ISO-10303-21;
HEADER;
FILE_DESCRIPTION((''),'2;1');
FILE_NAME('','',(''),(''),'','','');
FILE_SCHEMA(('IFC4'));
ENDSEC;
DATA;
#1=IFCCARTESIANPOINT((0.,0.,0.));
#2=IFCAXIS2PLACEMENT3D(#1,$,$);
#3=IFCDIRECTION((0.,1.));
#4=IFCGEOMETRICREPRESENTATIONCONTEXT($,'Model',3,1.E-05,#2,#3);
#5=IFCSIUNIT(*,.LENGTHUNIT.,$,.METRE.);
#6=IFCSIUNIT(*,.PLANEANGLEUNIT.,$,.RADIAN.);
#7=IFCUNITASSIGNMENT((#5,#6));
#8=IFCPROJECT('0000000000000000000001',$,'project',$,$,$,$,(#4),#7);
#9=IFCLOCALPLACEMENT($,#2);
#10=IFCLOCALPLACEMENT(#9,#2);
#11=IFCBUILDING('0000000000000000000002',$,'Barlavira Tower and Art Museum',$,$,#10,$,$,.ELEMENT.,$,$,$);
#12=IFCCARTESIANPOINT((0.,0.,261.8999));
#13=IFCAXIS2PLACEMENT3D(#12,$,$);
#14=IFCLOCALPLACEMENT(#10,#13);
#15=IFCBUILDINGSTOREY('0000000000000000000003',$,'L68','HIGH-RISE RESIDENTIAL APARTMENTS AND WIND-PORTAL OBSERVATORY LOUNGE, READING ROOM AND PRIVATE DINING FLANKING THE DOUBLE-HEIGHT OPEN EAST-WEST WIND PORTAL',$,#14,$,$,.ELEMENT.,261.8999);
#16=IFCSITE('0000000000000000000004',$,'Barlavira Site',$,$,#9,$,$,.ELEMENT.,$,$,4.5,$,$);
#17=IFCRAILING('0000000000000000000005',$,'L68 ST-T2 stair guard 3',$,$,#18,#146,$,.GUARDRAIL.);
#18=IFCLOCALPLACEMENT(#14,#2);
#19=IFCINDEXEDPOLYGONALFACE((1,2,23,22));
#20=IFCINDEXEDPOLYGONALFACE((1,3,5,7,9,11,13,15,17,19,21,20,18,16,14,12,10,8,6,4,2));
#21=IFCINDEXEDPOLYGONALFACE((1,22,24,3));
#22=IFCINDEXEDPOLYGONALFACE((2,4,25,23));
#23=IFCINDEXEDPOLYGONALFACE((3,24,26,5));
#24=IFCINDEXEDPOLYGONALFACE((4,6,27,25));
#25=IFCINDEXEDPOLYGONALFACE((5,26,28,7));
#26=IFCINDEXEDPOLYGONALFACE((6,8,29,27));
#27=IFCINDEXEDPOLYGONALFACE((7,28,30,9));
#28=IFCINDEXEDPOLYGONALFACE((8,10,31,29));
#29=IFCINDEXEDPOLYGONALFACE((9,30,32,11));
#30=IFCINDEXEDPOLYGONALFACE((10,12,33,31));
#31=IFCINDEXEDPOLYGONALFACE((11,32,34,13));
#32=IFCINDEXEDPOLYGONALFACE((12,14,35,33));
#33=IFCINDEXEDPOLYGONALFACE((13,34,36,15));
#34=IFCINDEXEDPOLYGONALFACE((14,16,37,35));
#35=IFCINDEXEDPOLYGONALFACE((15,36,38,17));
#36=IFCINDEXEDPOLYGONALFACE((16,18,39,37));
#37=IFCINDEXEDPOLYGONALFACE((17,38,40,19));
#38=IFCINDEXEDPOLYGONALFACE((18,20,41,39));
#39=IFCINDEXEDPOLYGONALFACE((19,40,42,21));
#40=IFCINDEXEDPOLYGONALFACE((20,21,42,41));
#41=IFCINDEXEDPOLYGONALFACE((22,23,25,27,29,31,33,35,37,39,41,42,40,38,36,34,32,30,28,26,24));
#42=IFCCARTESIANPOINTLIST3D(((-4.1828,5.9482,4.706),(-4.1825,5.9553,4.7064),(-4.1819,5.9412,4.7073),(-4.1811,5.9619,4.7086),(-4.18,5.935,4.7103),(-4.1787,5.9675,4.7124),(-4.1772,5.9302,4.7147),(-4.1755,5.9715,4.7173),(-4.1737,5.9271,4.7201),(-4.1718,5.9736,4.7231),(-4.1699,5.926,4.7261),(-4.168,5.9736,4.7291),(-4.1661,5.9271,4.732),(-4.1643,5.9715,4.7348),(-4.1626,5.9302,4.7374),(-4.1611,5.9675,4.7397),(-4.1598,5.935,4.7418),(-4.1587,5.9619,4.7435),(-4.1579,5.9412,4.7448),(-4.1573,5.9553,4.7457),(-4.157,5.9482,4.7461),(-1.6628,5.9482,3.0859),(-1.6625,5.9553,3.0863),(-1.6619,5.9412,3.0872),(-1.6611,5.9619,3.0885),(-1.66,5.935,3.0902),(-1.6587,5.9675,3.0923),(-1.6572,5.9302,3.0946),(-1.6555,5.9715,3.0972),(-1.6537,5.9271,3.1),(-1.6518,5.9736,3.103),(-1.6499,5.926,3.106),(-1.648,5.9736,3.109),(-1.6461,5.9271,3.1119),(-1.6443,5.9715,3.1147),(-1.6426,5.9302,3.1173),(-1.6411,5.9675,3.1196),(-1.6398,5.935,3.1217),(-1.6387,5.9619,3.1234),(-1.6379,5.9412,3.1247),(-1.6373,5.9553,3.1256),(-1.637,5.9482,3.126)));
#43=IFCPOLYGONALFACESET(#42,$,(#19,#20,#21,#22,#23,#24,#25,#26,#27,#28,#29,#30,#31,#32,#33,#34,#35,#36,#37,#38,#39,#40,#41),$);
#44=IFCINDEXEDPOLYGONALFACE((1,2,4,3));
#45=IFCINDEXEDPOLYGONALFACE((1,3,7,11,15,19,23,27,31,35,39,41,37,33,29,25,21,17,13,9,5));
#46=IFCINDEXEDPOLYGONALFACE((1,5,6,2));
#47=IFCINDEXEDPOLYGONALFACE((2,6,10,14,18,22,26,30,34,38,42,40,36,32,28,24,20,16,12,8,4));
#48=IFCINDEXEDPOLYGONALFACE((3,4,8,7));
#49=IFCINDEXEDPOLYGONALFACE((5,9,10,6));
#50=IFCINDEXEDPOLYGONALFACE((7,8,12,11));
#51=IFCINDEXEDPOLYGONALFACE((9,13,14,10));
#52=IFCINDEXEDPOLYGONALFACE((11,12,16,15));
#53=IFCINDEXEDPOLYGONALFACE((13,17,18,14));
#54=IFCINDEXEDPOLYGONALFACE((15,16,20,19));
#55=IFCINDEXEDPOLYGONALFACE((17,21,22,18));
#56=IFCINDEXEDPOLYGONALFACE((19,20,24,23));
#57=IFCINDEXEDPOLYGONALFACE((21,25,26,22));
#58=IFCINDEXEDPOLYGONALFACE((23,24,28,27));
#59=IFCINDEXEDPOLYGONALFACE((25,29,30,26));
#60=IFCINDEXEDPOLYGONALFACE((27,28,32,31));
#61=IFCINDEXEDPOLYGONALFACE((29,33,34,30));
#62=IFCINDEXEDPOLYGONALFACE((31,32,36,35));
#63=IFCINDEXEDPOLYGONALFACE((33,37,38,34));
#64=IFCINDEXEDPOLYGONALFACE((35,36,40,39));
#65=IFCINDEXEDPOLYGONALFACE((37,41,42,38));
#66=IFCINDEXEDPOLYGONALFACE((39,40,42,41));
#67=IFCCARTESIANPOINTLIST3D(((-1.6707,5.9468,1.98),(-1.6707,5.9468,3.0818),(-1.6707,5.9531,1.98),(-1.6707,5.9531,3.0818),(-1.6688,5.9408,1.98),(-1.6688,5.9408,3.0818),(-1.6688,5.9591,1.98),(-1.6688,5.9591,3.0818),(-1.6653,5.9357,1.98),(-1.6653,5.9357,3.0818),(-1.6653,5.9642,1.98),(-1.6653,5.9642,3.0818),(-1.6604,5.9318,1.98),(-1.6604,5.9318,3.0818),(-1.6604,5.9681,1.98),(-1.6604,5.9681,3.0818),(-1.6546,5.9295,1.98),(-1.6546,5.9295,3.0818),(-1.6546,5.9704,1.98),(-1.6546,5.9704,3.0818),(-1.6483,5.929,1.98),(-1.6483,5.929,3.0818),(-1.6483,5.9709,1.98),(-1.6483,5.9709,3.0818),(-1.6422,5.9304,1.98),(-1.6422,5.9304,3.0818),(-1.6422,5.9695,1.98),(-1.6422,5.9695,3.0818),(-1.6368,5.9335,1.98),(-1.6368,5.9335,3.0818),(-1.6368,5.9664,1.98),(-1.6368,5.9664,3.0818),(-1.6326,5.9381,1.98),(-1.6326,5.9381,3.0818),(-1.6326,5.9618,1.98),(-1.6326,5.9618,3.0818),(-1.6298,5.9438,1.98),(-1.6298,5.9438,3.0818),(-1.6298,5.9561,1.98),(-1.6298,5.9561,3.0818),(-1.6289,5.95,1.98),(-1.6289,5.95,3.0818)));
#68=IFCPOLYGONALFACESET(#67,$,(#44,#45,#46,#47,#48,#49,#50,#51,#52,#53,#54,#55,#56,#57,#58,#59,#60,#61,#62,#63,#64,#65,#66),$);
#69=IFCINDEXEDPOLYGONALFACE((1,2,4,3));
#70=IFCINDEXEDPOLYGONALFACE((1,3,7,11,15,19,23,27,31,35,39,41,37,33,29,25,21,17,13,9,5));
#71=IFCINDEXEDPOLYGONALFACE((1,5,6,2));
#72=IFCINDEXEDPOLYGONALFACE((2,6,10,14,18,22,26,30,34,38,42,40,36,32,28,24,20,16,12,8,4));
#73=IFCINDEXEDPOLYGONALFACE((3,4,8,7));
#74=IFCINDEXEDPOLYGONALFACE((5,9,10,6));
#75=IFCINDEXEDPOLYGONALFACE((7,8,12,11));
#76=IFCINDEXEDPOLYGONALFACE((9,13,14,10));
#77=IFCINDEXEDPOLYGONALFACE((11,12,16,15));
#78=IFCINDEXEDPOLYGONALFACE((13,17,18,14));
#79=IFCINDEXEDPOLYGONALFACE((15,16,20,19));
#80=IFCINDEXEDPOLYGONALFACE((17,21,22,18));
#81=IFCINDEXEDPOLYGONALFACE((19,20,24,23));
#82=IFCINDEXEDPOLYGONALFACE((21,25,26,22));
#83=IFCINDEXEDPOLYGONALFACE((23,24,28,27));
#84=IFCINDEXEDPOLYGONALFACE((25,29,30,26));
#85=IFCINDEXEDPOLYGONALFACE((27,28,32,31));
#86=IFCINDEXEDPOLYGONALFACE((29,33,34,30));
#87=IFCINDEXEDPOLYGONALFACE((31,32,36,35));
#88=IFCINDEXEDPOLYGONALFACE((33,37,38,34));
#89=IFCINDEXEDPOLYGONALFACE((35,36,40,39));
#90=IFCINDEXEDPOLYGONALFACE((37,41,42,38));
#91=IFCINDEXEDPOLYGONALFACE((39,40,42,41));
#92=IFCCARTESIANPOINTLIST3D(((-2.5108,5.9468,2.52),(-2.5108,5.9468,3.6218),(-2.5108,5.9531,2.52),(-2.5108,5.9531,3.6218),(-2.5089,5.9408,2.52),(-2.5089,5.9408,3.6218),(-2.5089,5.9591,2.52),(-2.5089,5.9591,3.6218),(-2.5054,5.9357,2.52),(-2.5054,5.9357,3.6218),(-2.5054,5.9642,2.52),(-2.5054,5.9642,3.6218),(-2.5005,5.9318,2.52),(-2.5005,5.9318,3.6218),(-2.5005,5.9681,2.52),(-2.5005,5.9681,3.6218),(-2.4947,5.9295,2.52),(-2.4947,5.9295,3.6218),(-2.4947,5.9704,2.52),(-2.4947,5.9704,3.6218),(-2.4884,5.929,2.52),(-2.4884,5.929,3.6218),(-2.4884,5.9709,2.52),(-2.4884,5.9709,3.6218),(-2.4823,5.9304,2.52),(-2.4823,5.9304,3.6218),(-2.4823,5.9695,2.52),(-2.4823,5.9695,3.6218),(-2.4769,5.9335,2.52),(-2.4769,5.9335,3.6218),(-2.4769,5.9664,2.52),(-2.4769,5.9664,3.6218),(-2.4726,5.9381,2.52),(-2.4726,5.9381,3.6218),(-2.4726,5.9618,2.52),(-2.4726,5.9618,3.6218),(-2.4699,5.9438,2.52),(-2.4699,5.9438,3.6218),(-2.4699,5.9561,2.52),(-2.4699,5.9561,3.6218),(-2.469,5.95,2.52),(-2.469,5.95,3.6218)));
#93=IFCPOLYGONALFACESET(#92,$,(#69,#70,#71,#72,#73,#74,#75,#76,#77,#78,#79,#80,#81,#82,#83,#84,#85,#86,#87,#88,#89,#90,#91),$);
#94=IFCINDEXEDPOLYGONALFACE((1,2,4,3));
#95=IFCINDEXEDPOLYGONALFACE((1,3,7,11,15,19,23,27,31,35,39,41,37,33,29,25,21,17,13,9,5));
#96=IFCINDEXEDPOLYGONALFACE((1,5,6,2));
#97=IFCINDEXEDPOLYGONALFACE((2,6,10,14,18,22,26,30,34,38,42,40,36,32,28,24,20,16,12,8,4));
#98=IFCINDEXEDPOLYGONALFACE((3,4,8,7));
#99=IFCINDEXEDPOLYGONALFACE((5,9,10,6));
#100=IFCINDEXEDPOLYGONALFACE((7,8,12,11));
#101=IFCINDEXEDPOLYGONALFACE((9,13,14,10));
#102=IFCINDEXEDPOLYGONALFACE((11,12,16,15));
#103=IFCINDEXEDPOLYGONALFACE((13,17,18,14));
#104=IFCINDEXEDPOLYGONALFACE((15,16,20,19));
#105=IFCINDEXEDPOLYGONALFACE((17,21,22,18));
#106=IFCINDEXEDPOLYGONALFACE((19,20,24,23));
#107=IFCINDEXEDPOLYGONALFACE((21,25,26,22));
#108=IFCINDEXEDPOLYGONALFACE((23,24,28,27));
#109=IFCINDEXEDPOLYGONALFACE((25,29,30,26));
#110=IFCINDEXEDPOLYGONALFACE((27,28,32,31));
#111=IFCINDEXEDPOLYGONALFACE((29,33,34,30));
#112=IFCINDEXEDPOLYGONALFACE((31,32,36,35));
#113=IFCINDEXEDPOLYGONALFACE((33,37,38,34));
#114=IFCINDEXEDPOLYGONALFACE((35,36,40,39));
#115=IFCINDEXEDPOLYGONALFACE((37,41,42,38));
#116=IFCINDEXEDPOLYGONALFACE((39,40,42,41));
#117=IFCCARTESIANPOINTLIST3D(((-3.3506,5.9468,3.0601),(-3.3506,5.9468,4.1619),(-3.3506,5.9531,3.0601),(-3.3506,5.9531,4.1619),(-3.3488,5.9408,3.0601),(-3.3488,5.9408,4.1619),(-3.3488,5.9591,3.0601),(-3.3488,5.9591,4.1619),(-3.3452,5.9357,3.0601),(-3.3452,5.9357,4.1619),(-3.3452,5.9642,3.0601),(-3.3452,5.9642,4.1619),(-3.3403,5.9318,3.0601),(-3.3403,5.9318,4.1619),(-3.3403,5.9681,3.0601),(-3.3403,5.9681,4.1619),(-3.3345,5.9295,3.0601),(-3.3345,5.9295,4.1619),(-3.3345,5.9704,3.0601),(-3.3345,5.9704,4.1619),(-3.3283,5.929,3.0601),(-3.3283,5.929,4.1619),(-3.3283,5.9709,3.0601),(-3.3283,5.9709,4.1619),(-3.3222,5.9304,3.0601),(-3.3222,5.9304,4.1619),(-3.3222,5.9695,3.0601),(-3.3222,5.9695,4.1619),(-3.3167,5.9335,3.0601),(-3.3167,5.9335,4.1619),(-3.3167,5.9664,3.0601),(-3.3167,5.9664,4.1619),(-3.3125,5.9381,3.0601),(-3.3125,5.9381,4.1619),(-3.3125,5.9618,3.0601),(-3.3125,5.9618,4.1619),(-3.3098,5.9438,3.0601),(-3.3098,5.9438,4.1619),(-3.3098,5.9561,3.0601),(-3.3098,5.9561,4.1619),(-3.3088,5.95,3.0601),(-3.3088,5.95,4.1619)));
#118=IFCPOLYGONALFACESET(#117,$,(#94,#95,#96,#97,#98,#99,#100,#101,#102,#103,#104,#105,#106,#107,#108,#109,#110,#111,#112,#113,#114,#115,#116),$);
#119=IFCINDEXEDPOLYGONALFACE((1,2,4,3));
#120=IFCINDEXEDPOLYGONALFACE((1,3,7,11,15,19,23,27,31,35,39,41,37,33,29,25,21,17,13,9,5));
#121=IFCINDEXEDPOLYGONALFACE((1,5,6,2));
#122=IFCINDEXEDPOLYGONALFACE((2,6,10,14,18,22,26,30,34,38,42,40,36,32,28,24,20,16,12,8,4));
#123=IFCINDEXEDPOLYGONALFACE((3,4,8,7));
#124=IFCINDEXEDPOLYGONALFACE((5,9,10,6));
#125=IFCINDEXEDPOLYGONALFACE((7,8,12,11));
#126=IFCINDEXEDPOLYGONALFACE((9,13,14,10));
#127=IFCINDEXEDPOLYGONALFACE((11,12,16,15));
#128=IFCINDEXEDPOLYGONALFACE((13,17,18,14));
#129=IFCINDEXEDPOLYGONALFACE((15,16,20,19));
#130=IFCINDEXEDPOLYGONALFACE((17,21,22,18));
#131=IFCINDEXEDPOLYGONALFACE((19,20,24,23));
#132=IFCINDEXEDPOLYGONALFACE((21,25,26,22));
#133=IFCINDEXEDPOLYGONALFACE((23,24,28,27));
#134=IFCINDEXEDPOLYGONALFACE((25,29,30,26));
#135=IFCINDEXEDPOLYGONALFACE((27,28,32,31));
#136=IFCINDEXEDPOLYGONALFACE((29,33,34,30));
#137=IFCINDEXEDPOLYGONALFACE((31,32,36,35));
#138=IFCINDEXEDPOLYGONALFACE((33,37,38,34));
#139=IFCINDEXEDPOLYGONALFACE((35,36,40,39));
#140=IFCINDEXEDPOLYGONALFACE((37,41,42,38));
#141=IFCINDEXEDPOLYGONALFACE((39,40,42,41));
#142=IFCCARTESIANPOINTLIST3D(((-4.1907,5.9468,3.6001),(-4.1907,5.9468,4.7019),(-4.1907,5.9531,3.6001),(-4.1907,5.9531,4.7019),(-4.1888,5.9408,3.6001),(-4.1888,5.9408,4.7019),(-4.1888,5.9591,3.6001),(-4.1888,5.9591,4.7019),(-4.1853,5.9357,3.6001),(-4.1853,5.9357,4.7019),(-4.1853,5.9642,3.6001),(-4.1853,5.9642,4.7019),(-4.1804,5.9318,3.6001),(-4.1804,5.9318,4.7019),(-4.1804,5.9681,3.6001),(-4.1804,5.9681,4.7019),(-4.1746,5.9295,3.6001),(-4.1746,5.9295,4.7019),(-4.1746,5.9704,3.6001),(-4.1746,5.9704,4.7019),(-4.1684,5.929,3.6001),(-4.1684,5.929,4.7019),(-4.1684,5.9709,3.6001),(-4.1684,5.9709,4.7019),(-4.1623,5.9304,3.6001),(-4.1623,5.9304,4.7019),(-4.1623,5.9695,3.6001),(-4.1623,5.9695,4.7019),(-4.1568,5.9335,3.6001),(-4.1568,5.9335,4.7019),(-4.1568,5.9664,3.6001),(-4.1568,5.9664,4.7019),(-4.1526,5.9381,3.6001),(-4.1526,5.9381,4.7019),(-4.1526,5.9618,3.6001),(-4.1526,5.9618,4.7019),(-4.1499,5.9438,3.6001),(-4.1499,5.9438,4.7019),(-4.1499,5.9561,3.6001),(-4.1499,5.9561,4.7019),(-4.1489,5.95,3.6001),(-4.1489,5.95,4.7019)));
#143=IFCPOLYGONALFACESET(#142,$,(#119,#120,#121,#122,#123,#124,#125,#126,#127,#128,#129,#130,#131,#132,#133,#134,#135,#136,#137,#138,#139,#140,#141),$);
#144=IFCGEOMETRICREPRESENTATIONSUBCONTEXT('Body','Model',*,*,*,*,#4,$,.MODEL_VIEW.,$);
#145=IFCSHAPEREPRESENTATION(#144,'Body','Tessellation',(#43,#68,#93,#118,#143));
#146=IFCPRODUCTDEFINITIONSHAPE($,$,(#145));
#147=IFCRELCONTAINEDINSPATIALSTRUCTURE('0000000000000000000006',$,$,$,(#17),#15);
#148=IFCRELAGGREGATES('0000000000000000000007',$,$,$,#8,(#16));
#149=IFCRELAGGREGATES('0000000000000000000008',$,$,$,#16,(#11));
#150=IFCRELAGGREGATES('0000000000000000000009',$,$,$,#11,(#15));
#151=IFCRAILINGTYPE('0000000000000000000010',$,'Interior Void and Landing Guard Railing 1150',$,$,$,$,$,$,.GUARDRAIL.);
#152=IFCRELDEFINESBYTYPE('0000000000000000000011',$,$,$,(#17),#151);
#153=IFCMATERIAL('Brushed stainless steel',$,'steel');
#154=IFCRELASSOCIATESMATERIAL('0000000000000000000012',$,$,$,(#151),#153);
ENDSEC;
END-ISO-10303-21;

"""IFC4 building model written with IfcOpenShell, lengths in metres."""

from ifc_helpers import new_model, si_unit, direction, frame, origin, origin_2d, place, context, subcontext, project, spatial, circle, extrude, material, type_object, element, save


model = new_model("IFC4")

# Units and contexts
model_context = context("Model", 3, precision=1e-05, world=origin(), true_north=direction((0.0, 1.0)))
body_context = subcontext(model_context, "Body", "Model", "MODEL_VIEW")
ifc_project = project(units=[si_unit("LENGTHUNIT", "METRE"), si_unit("PLANEANGLEUNIT", "RADIAN")], contexts=[model_context])

# Site, building, storey
site_placement = place(None, origin())
site = spatial("IfcSite", under=ifc_project, at=site_placement, Name="Barlavira Site", CompositionType="ELEMENT", RefElevation=4.5)
building_placement = place(site_placement, origin())
building = spatial("IfcBuilding", under=site, at=building_placement, Name="Barlavira Tower and Art Museum", CompositionType="ELEMENT")
storey_placement = place(building_placement, frame((0.0, 0.0, 261.8999)))
storey = spatial("IfcBuildingStorey", under=building, at=storey_placement, Name="L68", Description="HIGH-RISE RESIDENTIAL APARTMENTS AND WIND-PORTAL OBSERVATORY LOUNGE, READING ROOM AND PRIVATE DINING FLANKING THE DOUBLE-HEIGHT OPEN EAST-WEST WIND PORTAL", CompositionType="ELEMENT", Elevation=261.8999)

# Shared definitions
ifc_material_1 = material(Name="Brushed stainless steel", Category="steel")

# Railing
railing_type_1 = type_object("IfcRailingType", Name="Interior Void and Landing Guard Railing 1150", PredefinedType="GUARDRAIL", material=ifc_material_1)
railing_1_placement = place(storey_placement, frame((-1.6499, 5.95, 1.98)))
element("IfcRailing", 1, at=railing_1_placement, inside=storey, type_object=railing_type_1, Name="L68 ST-T2 stair guard 3", PredefinedType="GUARDRAIL", context=body_context, shape_type="SweptSolid", body=[
    extrude(circle(Radius=0.0239, at=origin_2d()), frame((0.0, 0.0, 1.126), z_axis=(-0.841163, 0.0, 0.540782), x_axis=(0.0, -1.0, 0.0)), (0.0, 0.0, 1.0), 2.9958),
    extrude(circle(Radius=0.021, at=origin_2d()), origin(), (0.0, 0.0, 1.0), 1.1018),
    extrude(circle(Radius=0.021, at=origin_2d()), frame((-0.8401, 0.0, 0.54)), (0.0, 0.0, 1.0), 1.1018),
    extrude(circle(Radius=0.021, at=origin_2d()), frame((-1.6799, 0.0, 1.0801)), (0.0, 0.0, 1.0), 1.1018),
    extrude(circle(Radius=0.021, at=origin_2d()), frame((-2.52, 0.0, 1.6201)), (0.0, 0.0, 1.0), 1.1018),
])

save(model, "model.ifc")
